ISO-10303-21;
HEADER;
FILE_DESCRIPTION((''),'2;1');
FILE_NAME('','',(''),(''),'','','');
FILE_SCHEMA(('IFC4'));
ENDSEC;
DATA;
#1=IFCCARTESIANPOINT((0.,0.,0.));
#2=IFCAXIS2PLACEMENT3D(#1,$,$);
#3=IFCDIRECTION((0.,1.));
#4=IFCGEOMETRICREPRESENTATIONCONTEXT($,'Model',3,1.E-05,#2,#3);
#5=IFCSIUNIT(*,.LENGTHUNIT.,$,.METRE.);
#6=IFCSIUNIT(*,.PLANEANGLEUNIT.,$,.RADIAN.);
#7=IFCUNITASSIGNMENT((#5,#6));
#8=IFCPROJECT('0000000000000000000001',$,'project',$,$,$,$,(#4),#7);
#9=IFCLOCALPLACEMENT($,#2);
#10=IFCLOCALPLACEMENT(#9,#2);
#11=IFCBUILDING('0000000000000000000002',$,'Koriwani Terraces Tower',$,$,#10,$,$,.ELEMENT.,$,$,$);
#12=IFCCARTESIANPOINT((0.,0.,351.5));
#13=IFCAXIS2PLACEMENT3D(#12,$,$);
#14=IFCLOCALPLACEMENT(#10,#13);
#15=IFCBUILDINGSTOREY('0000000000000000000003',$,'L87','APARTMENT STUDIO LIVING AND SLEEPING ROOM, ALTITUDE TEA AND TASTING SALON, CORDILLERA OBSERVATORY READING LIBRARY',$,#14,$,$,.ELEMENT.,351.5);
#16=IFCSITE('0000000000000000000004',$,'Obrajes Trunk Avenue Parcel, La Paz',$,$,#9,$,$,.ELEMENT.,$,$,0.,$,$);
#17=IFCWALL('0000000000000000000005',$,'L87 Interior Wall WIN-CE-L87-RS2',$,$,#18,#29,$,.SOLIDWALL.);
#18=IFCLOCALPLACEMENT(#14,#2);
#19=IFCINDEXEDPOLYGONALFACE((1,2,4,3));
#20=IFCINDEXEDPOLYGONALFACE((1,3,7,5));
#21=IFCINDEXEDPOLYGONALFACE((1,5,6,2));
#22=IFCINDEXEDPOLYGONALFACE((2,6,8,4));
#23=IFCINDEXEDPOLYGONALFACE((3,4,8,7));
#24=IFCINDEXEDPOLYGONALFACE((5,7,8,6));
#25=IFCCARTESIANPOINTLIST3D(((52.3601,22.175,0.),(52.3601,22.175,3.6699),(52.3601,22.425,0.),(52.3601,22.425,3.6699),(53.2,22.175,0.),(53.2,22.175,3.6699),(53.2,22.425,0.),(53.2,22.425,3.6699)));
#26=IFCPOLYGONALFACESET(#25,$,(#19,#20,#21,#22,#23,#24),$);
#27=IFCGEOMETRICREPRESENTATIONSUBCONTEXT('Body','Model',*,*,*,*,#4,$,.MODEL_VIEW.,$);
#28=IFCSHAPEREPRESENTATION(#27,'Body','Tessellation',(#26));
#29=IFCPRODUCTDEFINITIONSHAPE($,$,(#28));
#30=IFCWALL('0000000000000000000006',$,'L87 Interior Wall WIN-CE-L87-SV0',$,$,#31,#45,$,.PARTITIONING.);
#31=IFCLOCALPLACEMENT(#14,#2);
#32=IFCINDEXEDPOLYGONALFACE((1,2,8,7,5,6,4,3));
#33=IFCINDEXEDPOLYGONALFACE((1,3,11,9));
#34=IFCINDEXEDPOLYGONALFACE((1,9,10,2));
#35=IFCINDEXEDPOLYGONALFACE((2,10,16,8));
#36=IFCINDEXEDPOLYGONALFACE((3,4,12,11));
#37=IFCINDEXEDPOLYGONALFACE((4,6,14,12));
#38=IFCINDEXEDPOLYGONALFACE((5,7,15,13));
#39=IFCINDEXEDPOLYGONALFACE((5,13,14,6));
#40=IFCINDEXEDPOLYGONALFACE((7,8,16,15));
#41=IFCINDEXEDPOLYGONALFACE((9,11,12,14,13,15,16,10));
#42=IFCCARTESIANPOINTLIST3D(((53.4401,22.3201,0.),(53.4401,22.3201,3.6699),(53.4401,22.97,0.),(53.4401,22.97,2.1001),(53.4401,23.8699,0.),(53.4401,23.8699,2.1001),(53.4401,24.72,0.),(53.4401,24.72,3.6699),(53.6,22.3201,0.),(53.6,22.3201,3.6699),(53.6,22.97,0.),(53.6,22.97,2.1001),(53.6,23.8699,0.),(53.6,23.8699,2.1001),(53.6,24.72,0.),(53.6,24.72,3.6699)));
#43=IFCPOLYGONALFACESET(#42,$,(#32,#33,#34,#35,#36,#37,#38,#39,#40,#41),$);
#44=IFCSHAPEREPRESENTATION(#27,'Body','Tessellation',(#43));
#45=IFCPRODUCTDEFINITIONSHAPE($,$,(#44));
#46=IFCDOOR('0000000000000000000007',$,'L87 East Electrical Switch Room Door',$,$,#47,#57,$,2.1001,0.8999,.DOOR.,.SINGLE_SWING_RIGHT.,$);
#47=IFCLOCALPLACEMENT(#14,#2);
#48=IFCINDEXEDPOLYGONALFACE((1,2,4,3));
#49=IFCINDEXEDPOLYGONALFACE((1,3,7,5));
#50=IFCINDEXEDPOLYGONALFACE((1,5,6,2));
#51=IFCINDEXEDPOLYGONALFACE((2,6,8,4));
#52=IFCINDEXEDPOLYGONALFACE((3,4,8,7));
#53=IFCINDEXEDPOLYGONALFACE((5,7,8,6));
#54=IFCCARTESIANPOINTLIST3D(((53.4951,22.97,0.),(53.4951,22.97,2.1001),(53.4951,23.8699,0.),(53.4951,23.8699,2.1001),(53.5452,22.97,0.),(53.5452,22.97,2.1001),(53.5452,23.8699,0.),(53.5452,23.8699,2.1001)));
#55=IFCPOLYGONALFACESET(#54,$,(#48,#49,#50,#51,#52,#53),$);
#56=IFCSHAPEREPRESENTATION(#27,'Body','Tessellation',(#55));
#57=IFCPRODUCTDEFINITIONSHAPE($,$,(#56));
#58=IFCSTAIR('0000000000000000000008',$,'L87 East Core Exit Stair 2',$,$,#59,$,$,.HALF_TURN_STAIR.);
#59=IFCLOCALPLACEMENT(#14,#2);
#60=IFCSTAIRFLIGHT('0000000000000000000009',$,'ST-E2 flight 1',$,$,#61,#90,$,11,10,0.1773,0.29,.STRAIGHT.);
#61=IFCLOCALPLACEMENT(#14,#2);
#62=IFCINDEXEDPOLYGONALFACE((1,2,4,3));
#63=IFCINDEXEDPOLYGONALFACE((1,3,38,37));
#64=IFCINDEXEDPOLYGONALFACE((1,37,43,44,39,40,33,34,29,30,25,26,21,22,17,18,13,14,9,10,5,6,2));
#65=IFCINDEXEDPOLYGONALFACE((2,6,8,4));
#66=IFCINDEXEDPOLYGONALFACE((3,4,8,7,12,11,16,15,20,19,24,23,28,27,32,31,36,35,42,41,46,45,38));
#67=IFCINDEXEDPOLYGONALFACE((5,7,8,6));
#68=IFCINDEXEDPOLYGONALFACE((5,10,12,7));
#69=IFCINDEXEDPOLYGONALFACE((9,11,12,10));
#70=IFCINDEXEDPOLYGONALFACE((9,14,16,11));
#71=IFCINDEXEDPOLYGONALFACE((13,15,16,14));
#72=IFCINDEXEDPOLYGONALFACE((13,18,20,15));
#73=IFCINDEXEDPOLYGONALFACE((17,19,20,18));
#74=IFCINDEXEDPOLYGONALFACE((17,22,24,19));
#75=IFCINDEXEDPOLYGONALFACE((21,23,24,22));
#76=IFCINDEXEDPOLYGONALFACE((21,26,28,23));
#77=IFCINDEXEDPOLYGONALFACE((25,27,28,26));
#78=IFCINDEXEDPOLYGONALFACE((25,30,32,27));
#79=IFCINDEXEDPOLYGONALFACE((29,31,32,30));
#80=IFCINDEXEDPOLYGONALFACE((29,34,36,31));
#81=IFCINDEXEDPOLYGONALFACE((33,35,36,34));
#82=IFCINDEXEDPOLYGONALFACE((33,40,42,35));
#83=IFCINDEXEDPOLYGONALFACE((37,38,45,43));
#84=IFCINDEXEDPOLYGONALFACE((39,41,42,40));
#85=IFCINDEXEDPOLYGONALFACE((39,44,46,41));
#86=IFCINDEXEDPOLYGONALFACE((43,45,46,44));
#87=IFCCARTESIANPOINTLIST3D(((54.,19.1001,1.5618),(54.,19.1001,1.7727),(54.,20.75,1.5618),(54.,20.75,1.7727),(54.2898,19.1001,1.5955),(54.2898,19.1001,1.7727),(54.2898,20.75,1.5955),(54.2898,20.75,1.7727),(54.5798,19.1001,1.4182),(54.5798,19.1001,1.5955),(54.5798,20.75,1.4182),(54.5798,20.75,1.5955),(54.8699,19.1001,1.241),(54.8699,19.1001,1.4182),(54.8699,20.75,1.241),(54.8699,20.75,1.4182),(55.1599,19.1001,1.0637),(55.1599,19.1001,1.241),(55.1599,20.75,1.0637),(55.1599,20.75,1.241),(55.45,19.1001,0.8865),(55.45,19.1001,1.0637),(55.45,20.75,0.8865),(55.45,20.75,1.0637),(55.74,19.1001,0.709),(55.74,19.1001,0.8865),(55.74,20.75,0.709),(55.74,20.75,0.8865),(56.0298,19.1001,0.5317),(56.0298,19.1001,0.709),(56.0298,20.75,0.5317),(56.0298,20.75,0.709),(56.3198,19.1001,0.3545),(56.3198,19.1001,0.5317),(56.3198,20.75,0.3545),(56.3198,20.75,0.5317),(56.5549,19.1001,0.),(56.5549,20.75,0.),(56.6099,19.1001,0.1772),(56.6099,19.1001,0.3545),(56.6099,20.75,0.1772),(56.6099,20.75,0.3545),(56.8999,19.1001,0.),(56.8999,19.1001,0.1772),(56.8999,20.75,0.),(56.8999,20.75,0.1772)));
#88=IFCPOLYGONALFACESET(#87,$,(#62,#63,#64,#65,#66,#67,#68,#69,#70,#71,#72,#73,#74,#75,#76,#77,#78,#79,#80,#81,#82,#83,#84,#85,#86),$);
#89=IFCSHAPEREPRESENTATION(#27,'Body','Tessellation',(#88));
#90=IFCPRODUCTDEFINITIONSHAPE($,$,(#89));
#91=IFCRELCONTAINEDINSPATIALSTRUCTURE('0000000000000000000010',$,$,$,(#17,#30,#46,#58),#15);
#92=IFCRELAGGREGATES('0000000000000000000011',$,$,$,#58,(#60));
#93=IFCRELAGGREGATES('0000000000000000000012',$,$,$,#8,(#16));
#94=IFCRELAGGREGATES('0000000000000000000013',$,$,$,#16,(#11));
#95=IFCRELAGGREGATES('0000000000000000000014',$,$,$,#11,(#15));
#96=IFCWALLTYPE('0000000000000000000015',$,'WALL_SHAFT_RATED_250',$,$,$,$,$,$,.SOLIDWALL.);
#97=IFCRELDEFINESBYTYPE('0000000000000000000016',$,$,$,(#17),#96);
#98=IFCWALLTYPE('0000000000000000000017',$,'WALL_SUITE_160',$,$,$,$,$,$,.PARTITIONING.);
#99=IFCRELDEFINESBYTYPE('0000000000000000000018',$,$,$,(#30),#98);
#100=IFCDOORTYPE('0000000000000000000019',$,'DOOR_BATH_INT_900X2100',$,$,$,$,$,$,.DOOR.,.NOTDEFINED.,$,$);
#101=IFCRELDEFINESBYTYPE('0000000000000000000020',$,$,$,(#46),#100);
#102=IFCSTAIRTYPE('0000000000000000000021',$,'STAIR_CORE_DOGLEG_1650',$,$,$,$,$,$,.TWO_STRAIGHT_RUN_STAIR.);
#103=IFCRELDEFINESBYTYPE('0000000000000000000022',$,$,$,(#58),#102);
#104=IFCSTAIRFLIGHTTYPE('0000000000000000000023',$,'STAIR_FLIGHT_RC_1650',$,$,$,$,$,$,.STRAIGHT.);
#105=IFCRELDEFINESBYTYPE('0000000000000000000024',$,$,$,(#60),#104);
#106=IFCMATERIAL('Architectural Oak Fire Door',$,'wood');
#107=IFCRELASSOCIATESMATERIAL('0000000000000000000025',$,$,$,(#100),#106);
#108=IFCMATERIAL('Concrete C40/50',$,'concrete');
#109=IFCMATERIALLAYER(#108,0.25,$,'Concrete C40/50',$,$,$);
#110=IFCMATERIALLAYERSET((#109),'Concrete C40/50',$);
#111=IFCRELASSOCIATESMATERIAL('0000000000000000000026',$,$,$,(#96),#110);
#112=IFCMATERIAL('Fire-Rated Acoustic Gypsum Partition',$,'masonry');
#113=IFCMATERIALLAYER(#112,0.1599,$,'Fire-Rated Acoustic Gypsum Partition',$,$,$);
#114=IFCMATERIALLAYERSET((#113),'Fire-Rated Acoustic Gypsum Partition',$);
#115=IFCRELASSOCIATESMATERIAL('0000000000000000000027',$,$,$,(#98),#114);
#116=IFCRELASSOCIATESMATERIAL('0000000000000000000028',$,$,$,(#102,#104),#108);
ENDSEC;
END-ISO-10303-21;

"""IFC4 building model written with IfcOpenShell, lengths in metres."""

from ifc_helpers import new_model, si_unit, direction, frame, frame_2d, origin, place, context, subcontext, project, spatial, polyline, rectangle, outline, extrude, material, layer, layer_set, type_object, element, fill, aggregate, save


model = new_model("IFC4")

# Units and contexts
model_context = context("Model", 3, precision=1e-05, world=origin(), true_north=direction((0.0, 1.0)))
body_context = subcontext(model_context, "Body", "Model", "MODEL_VIEW")
ifc_project = project(units=[si_unit("LENGTHUNIT", "METRE"), si_unit("PLANEANGLEUNIT", "RADIAN")], contexts=[model_context])

# Site, building, storey
site_placement = place(None, origin())
site = spatial("IfcSite", under=ifc_project, at=site_placement, Name="Obrajes Trunk Avenue Parcel, La Paz", CompositionType="ELEMENT", RefElevation=0.0)
building_placement = place(site_placement, origin())
building = spatial("IfcBuilding", under=site, at=building_placement, Name="Koriwani Terraces Tower", CompositionType="ELEMENT")
storey_placement = place(building_placement, frame((0.0, 0.0, 351.5)))
storey = spatial("IfcBuildingStorey", under=building, at=storey_placement, Name="L87", Description="APARTMENT STUDIO LIVING AND SLEEPING ROOM, ALTITUDE TEA AND TASTING SALON, CORDILLERA OBSERVATORY READING LIBRARY", CompositionType="ELEMENT", Elevation=351.5)

# Shared definitions
ifc_material_1 = material(Name="Concrete C40/50", Category="concrete")

# Shared definitions
ifc_material_2 = material(Name="Fire-Rated Acoustic Gypsum Partition", Category="masonry")
ifc_material_3 = material(Name="Architectural Oak Fire Door", Category="wood")
door_type_1 = type_object("IfcDoorType", Name="DOOR_BATH_INT_900X2100", OperationType="NOTDEFINED", PredefinedType="DOOR", material=ifc_material_3)

# Shared definitions
ifc_layer_1 = layer(ifc_material_1, 0.25, Name="Concrete C40/50")
ifc_layer_set_1 = layer_set([ifc_layer_1], Name="Concrete C40/50")
wall_type_1 = type_object("IfcWallType", Name="WALL_SHAFT_RATED_250", PredefinedType="SOLIDWALL", material=ifc_layer_set_1)

# Wall
wall_1_placement = place(storey_placement, frame((52.3601, 22.3, 0.0), z_axis=(0.0, 0.0, 1.0), x_axis=(1.0, 0.0, 0.0)))
element("IfcWall", 1, at=wall_1_placement, inside=storey, type_object=wall_type_1, Name="L87 Interior Wall WIN-CE-L87-RS2", PredefinedType="SOLIDWALL", context=body_context, shape_type="SweptSolid", body=[
    extrude(rectangle(XDim=0.8398, YDim=0.25, at=frame_2d((0.4199, 0.0))), origin(), (0.0, 0.0, 1.0), 3.6699),
])

# Wall, opening, door
ifc_layer_2 = layer(ifc_material_2, 0.1599, Name="Fire-Rated Acoustic Gypsum Partition")
ifc_layer_set_2 = layer_set([ifc_layer_2], Name="Fire-Rated Acoustic Gypsum Partition")
wall_type_2 = type_object("IfcWallType", Name="WALL_SUITE_160", PredefinedType="PARTITIONING", material=ifc_layer_set_2)
wall_2_placement = place(storey_placement, frame((53.52, 22.3201, 0.0), z_axis=(0.0, 0.0, 1.0), x_axis=(0.0, 1.0, 0.0)))
wall_2 = element("IfcWall", 2, at=wall_2_placement, inside=storey, type_object=wall_type_2, Name="L87 Interior Wall WIN-CE-L87-SV0", PredefinedType="PARTITIONING", context=body_context, shape_type="SweptSolid", body=[
    extrude(rectangle(XDim=2.3999, YDim=0.1599, at=frame_2d((1.2, 0.0))), origin(), (0.0, 0.0, 1.0), 3.6699),
])
opening_1_placement = place(wall_2_placement, frame((0.6499, 0.0, 0.0)))
opening_1 = element("IfcOpeningElement", 3, at=opening_1_placement, cuts=wall_2, PredefinedType="OPENING", context=body_context, shape_type="SweptSolid", body=[
    extrude(rectangle(XDim=0.8999, YDim=2.1001, at=frame_2d((0.45, 1.05))), frame((0.0, 0.0898, 0.0), z_axis=(0.0, -1.0, 0.0), x_axis=(1.0, 0.0, 0.0)), (0.0, 0.0, 1.0), 0.1799),
])
door_1_placement = place(opening_1_placement, origin())
door_1 = element("IfcDoor", 4, at=door_1_placement, inside=storey, type_object=door_type_1, Name="L87 East Electrical Switch Room Door", OperationType="SINGLE_SWING_RIGHT", OverallHeight=2.1001, OverallWidth=0.8999, PredefinedType="DOOR", context=body_context, shape_type="SweptSolid", body=[
    extrude(rectangle(XDim=0.8999, YDim=2.1001, at=frame_2d((0.45, 1.05))), frame((0.0, 0.0249, 0.0), z_axis=(0.0, -1.0, 0.0), x_axis=(1.0, 0.0, 0.0)), (0.0, 0.0, 1.0), 0.05),
])
fill(opening_1, door_1)

# Stair, stair flight
stair_type = type_object("IfcStairType", Name="STAIR_CORE_DOGLEG_1650", PredefinedType="TWO_STRAIGHT_RUN_STAIR", material=ifc_material_1)
stair_placement = place(storey_placement, origin())
stair = element("IfcStair", 5, at=stair_placement, inside=storey, type_object=stair_type, Name="L87 East Core Exit Stair 2", PredefinedType="HALF_TURN_STAIR")
stair_flight_type = type_object("IfcStairFlightType", Name="STAIR_FLIGHT_RC_1650", PredefinedType="STRAIGHT", material=ifc_material_1)
stair_flight_placement = place(storey_placement, frame((56.8999, 19.925, 0.0), z_axis=(0.0, 0.0, 1.0), x_axis=(-1.0, 0.0, 0.0)))
stair_flight = element("IfcStairFlight", 6, at=stair_flight_placement, type_object=stair_flight_type, Name="ST-E2 flight 1", NumberOfRisers=11, NumberOfTreads=10, PredefinedType="STRAIGHT", RiserHeight=0.1773, TreadLength=0.29, context=body_context, shape_type="SweptSolid", body=[
    extrude(outline(polyline([(0.0, 0.0), (0.0, 0.1772), (0.29, 0.1772), (0.29, 0.3545), (0.5801, 0.3545), (0.5801, 0.5317), (0.8701, 0.5317), (0.8701, 0.709), (1.1599, 0.709), (1.1599, 0.8865), (1.45, 0.8865), (1.45, 1.0637), (1.74, 1.0637), (1.74, 1.241), (2.03, 1.241), (2.03, 1.4182), (2.3201, 1.4182), (2.3201, 1.5955), (2.6101, 1.5955), (2.6101, 1.7727), (2.8999, 1.7727), (2.8999, 1.95), (2.8999, 1.5618), (0.345, 0.0), (0.0, 0.0)])), frame((0.0, 0.825, 0.0), z_axis=(0.0, -1.0, 0.0), x_axis=(1.0, 0.0, 0.0)), (0.0, 0.0, 1.0), 1.6499),
])
aggregate(stair, [stair_flight])

save(model, "model.ifc")
